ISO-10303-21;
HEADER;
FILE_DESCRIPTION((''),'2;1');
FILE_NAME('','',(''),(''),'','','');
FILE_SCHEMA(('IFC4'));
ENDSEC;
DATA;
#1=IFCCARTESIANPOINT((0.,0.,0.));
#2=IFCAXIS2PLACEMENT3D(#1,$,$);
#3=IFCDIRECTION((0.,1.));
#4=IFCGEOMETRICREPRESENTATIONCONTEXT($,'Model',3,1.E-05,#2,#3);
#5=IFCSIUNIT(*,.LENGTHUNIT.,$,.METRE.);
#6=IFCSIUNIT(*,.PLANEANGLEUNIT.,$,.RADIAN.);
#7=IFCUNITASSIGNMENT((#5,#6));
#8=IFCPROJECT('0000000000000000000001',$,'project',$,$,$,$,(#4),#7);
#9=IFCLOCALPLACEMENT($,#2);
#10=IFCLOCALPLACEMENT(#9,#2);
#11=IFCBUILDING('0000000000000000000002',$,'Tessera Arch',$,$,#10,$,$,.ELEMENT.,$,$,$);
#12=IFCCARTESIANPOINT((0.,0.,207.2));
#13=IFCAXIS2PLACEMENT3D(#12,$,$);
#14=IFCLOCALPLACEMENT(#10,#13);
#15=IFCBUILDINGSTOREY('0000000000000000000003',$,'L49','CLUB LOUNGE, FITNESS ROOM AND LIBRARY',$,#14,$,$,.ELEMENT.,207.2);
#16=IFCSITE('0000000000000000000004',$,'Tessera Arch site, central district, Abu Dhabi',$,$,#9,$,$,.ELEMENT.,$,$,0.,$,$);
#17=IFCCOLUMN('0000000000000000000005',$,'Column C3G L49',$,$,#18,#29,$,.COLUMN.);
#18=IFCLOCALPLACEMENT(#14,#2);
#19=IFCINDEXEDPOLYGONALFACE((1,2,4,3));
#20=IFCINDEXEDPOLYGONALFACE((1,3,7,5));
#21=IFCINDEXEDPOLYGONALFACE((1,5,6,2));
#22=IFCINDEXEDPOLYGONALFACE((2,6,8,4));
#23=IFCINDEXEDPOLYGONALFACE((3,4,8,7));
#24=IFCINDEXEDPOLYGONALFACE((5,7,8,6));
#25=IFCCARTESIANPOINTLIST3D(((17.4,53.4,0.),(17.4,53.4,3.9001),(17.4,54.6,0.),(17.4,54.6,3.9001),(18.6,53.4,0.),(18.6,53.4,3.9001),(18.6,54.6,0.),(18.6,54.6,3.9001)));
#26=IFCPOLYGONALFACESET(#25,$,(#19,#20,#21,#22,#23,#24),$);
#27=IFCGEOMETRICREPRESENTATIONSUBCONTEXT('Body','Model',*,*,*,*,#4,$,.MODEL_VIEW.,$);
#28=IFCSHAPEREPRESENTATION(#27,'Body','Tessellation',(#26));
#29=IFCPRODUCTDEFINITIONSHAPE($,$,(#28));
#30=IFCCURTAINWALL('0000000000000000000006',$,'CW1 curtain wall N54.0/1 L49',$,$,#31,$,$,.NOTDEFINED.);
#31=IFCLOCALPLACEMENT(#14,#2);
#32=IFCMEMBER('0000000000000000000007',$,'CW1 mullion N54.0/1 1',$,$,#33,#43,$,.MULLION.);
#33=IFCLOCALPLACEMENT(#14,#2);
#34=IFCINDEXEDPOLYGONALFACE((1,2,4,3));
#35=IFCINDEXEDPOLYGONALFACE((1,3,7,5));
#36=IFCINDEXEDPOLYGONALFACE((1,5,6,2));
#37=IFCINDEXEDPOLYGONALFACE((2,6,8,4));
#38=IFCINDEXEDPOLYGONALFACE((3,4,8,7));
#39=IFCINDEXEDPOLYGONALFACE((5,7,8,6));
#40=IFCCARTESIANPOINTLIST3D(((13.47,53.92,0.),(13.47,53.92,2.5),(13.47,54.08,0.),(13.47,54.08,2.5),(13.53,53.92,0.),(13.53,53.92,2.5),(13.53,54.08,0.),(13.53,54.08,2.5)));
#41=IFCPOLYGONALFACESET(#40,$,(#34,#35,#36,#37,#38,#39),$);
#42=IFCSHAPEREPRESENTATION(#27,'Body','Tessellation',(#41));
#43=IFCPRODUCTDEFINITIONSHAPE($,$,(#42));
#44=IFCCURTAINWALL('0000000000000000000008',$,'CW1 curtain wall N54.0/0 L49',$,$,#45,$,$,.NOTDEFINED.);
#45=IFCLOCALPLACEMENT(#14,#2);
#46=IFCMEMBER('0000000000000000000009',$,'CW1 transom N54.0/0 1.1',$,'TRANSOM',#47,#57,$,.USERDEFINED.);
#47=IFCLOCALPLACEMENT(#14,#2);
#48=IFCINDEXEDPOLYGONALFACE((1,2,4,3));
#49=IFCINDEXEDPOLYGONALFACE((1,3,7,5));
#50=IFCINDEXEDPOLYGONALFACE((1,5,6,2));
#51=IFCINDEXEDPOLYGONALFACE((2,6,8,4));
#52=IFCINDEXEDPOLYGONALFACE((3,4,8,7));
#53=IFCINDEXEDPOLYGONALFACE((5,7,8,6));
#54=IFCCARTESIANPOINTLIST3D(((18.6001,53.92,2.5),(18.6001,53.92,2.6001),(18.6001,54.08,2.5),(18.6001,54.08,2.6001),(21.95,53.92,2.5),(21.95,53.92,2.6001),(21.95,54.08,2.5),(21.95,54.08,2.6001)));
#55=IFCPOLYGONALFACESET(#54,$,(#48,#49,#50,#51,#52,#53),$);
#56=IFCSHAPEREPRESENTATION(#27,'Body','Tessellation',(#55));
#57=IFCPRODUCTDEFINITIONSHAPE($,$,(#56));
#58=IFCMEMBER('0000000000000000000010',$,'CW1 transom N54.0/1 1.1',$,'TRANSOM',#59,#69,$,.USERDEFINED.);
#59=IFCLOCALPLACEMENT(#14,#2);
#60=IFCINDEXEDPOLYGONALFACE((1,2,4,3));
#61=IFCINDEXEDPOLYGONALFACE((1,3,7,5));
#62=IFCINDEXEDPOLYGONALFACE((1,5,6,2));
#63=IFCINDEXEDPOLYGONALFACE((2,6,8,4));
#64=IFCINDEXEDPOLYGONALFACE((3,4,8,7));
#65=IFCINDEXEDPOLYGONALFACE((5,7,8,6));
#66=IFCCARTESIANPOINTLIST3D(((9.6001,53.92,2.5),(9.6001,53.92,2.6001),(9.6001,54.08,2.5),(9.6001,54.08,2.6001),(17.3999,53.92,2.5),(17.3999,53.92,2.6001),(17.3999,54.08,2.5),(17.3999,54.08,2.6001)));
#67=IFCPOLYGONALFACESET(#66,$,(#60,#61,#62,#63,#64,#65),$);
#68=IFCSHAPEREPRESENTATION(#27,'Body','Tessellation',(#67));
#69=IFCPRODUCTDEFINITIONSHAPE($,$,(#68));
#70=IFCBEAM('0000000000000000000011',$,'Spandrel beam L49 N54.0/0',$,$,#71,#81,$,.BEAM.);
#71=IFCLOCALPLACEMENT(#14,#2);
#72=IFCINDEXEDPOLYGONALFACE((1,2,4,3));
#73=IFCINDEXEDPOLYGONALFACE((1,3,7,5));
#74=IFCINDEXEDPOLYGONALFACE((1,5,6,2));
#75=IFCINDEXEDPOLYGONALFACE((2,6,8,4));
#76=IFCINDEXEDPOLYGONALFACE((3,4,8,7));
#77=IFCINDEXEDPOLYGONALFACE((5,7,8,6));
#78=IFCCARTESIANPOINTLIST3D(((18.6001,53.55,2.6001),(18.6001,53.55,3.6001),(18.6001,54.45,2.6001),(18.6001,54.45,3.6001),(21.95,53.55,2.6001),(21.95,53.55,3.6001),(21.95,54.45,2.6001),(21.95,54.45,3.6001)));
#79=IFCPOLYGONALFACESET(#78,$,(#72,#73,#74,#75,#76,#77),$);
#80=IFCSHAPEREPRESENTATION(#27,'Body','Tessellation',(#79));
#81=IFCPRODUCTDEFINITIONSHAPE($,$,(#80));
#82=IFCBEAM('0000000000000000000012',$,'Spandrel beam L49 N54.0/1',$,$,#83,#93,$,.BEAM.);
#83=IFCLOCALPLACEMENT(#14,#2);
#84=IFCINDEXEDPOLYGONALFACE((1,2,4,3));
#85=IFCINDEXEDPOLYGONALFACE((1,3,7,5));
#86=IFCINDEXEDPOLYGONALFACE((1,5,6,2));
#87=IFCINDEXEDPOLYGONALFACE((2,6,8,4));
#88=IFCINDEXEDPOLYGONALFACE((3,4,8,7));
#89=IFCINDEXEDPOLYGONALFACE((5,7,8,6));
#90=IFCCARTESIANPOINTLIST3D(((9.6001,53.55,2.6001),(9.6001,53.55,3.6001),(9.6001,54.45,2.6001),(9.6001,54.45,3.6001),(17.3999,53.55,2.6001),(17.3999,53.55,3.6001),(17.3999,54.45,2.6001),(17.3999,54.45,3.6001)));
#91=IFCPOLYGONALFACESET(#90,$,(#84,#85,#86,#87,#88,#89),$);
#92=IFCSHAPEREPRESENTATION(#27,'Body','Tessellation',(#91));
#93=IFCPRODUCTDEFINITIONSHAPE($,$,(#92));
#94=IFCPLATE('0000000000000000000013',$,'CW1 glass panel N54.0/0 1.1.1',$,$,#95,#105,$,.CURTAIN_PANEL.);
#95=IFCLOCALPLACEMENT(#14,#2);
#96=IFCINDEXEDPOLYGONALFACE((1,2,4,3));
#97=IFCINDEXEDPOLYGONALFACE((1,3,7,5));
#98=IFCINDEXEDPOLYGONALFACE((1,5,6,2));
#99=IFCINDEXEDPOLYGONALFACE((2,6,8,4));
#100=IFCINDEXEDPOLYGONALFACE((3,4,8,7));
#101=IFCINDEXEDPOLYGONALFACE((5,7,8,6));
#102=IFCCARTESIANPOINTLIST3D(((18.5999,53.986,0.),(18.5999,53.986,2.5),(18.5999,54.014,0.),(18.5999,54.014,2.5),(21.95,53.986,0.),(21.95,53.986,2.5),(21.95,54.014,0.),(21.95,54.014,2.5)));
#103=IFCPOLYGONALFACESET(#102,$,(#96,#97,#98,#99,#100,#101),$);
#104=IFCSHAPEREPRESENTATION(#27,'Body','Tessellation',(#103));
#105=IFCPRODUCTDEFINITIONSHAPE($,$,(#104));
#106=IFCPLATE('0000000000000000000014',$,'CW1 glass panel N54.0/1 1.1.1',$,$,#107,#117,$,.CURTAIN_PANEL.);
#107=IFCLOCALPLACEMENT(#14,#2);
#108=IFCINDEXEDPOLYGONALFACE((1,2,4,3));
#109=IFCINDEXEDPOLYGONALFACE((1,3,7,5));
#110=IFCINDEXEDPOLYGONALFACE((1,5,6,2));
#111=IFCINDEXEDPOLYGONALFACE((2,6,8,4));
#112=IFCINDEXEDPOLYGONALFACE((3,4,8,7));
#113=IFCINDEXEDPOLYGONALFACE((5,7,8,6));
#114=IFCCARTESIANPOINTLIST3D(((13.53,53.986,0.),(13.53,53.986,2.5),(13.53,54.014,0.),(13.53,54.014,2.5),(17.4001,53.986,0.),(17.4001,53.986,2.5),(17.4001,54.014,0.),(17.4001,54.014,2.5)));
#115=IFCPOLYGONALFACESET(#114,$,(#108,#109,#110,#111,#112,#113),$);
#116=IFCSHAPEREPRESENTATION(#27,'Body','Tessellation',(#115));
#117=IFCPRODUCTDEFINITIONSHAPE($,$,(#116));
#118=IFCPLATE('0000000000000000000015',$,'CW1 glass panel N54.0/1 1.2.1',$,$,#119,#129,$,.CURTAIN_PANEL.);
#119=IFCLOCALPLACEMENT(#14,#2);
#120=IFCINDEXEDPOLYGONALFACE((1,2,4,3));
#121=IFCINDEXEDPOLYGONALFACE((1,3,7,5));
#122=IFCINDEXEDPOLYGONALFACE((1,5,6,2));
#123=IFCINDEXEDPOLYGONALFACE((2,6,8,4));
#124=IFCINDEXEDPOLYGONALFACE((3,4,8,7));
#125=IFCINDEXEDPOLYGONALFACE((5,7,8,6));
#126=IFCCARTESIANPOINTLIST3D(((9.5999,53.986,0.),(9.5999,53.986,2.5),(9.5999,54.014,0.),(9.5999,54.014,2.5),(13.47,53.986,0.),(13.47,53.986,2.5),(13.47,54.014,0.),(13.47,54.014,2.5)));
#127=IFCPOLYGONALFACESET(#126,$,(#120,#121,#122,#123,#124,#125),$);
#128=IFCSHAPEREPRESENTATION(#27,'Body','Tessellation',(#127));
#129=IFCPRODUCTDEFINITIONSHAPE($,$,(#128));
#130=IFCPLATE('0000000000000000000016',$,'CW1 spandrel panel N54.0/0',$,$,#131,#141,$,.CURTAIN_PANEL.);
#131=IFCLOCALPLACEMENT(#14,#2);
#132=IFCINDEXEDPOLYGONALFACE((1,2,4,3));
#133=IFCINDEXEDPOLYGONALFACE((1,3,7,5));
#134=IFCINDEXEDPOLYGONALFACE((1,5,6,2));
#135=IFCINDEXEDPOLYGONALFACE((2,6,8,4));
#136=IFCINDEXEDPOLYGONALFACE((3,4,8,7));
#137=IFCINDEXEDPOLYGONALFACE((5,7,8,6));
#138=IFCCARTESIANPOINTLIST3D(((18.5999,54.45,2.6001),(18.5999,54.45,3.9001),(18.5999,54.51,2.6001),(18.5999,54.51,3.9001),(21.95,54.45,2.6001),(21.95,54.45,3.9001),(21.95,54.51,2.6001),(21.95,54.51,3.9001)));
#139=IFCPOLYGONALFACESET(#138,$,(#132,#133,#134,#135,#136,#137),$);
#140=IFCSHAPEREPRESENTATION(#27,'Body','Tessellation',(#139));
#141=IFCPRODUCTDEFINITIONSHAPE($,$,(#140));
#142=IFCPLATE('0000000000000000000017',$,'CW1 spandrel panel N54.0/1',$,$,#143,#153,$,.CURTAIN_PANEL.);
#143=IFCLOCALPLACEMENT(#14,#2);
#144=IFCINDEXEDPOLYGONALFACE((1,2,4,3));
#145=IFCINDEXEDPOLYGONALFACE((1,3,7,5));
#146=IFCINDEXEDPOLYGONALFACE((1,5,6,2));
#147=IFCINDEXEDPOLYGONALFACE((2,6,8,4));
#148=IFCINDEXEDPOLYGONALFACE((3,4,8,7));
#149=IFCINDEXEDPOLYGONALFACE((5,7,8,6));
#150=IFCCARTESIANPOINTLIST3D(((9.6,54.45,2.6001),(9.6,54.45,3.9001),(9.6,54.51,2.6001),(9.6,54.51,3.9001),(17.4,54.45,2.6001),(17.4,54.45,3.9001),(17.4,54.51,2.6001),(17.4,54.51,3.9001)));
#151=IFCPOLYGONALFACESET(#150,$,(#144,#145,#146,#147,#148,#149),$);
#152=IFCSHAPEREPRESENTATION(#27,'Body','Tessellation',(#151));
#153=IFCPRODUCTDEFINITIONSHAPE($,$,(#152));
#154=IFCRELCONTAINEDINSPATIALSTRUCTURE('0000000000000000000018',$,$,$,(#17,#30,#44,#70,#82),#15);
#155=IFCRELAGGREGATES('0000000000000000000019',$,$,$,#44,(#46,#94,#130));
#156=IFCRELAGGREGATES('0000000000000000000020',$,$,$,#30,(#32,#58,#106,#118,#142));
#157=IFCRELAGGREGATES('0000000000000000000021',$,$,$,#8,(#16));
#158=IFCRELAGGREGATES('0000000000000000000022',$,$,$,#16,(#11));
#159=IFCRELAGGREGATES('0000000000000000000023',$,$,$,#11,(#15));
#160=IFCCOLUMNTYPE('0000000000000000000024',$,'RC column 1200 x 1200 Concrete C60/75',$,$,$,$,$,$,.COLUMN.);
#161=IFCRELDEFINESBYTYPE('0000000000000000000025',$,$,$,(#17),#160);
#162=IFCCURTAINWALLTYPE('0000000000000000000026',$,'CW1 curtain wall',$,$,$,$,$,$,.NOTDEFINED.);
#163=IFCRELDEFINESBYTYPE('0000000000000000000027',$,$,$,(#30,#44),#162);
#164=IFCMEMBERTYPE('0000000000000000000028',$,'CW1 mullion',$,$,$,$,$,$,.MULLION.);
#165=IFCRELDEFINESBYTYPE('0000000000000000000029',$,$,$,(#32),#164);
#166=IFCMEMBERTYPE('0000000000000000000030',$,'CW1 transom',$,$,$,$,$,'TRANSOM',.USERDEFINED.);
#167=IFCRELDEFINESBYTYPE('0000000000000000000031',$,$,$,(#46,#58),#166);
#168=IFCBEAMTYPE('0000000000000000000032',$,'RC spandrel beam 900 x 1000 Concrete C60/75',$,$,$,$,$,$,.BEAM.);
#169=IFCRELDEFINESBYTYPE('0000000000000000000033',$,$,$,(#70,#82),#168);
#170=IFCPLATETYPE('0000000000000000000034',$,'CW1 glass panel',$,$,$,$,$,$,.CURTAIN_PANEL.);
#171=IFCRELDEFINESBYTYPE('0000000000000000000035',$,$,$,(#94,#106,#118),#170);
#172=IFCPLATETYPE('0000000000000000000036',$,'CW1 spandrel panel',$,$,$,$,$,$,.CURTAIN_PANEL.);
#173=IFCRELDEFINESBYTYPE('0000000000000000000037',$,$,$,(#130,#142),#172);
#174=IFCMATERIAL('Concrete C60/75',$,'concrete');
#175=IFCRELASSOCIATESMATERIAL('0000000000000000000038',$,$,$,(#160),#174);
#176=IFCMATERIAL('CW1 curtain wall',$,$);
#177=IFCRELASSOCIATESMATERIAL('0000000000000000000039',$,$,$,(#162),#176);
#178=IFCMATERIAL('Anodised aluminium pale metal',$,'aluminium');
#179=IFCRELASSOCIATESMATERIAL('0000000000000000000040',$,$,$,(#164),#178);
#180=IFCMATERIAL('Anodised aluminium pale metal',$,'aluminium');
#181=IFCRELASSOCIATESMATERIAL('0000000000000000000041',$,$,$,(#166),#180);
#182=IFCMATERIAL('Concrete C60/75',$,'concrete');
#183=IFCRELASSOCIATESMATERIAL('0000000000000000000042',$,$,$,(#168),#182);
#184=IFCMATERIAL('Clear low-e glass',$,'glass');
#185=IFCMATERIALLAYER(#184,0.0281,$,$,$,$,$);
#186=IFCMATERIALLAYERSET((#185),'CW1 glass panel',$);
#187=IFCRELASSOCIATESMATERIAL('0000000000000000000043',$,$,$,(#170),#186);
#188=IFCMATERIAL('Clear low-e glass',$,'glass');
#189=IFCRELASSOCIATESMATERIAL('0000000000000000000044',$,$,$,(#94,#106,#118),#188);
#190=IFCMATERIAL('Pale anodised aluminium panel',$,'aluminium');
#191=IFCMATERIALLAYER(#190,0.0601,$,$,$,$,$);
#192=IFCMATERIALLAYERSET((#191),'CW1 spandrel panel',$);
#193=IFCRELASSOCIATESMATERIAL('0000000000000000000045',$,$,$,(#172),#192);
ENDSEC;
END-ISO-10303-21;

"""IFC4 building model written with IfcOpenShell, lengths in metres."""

from ifc_helpers import new_model, si_unit, direction, frame, origin, origin_2d, place, context, subcontext, project, spatial, rectangle, extrude, material, layer, layer_set, material_profile, profile_set, type_object, element, aggregate, save


model = new_model("IFC4")

# Units and contexts
model_context = context("Model", 3, precision=1e-05, world=origin(), true_north=direction((0.0, 1.0)))
body_context = subcontext(model_context, "Body", "Model", "MODEL_VIEW")
ifc_project = project(units=[si_unit("LENGTHUNIT", "METRE"), si_unit("PLANEANGLEUNIT", "RADIAN")], contexts=[model_context])

# Site, building, storey
site_placement = place(None, origin())
site = spatial("IfcSite", under=ifc_project, at=site_placement, Name="Tessera Arch site, central district, Abu Dhabi", CompositionType="ELEMENT", RefElevation=0.0)
building_placement = place(site_placement, origin())
building = spatial("IfcBuilding", under=site, at=building_placement, Name="Tessera Arch", CompositionType="ELEMENT")
storey_placement = place(building_placement, frame((0.0, 0.0, 207.2)))
storey = spatial("IfcBuildingStorey", under=building, at=storey_placement, Name="L49", Description="CLUB LOUNGE, FITNESS ROOM AND LIBRARY", CompositionType="ELEMENT", Elevation=207.2)

# Column
ifc_material_1 = material(Name="Concrete C60/75", Category="concrete")
ifc_material_profile_1 = material_profile(ifc_material_1, rectangle(XDim=1.2, YDim=1.2, at=origin_2d()), Name="RC column 1200 x 1200 Concrete C60/75")
ifc_profile_set_1 = profile_set([ifc_material_profile_1], Name="Concrete C60/75")
column_type = type_object("IfcColumnType", Name="RC column 1200 x 1200 Concrete C60/75", PredefinedType="COLUMN", material=ifc_profile_set_1)
column_placement = place(storey_placement, frame((18.0, 54.0, 0.0), z_axis=(0.0, 0.0, 1.0), x_axis=(1.0, 0.0, 0.0)))
element("IfcColumn", 1, at=column_placement, inside=storey, type_object=column_type, Name="Column C3G L49", PredefinedType="COLUMN", context=body_context, shape_type="SweptSolid", body=[
    extrude(rectangle(XDim=1.2, YDim=1.2, at=origin_2d()), origin(), (0.0, 0.0, 1.0), 3.9001),
])

# Curtain walls, members
ifc_material_2 = material(Name="CW1 curtain wall")
curtain_wall_type = type_object("IfcCurtainWallType", Name="CW1 curtain wall", PredefinedType="NOTDEFINED", material=ifc_material_2)
curtain_wall_1_placement = place(storey_placement, origin())
curtain_wall_1 = element("IfcCurtainWall", 2, at=curtain_wall_1_placement, inside=storey, type_object=curtain_wall_type, Name="CW1 curtain wall N54.0/1 L49", PredefinedType="NOTDEFINED")
ifc_material_3 = material(Name="Anodised aluminium pale metal", Category="aluminium")
ifc_material_profile_2 = material_profile(ifc_material_3, rectangle(XDim=0.1599, YDim=0.0601, at=origin_2d()), Name="AL 60x160")
ifc_profile_set_2 = profile_set([ifc_material_profile_2], Name="Anodised aluminium pale metal")
member_type_1 = type_object("IfcMemberType", Name="CW1 mullion", PredefinedType="MULLION", material=ifc_profile_set_2)
member_1_placement = place(storey_placement, frame((13.5, 54.0, 0.0), z_axis=(0.0, 0.0, 1.0), x_axis=(0.0, -1.0, 0.0)))
member_1 = element("IfcMember", 3, at=member_1_placement, type_object=member_type_1, Name="CW1 mullion N54.0/1 1", PredefinedType="MULLION", context=body_context, shape_type="SweptSolid", body=[
    extrude(rectangle(XDim=0.1599, YDim=0.0601, at=origin_2d()), origin(), (0.0, 0.0, 1.0), 2.5),
])
curtain_wall_2_placement = place(storey_placement, origin())
curtain_wall_2 = element("IfcCurtainWall", 4, at=curtain_wall_2_placement, inside=storey, type_object=curtain_wall_type, Name="CW1 curtain wall N54.0/0 L49", PredefinedType="NOTDEFINED")
ifc_material_4 = material(Name="Anodised aluminium pale metal", Category="aluminium")
ifc_material_profile_3 = material_profile(ifc_material_4, rectangle(XDim=0.1599, YDim=0.1001, at=origin_2d()), Name="AL 160x100")
ifc_profile_set_3 = profile_set([ifc_material_profile_3], Name="Anodised aluminium pale metal")
member_type_2 = type_object("IfcMemberType", Name="CW1 transom", ElementType="TRANSOM", PredefinedType="USERDEFINED", material=ifc_profile_set_3)
member_2_placement = place(storey_placement, frame((21.95, 54.0, 2.55), z_axis=(-1.0, 0.0, 0.0), x_axis=(0.0, -1.0, 0.0)))
member_2 = element("IfcMember", 5, at=member_2_placement, type_object=member_type_2, Name="CW1 transom N54.0/0 1.1", ObjectType="TRANSOM", PredefinedType="USERDEFINED", context=body_context, shape_type="SweptSolid", body=[
    extrude(rectangle(XDim=0.1599, YDim=0.1001, at=origin_2d()), origin(), (0.0, 0.0, 1.0), 3.3499),
])

# Member
member_3_placement = place(storey_placement, frame((17.3999, 54.0, 2.55), z_axis=(-1.0, 0.0, 0.0), x_axis=(0.0, -1.0, 0.0)))
member_3 = element("IfcMember", 6, at=member_3_placement, type_object=member_type_2, Name="CW1 transom N54.0/1 1.1", ObjectType="TRANSOM", PredefinedType="USERDEFINED", context=body_context, shape_type="SweptSolid", body=[
    extrude(rectangle(XDim=0.1599, YDim=0.1001, at=origin_2d()), origin(), (0.0, 0.0, 1.0), 7.7998),
])

# Beams
ifc_material_5 = material(Name="Concrete C60/75", Category="concrete")
ifc_material_profile_4 = material_profile(ifc_material_5, rectangle(XDim=0.8999, YDim=1.0, at=origin_2d()), Name="RC spandrel beam 900 x 1000 Concrete C60/75")
ifc_profile_set_4 = profile_set([ifc_material_profile_4], Name="Concrete C60/75")
beam_type = type_object("IfcBeamType", Name="RC spandrel beam 900 x 1000 Concrete C60/75", PredefinedType="BEAM", material=ifc_profile_set_4)
beam_1_placement = place(storey_placement, frame((21.95, 54.0, 3.1001), z_axis=(-1.0, 0.0, 0.0), x_axis=(0.0, -1.0, 0.0)))
element("IfcBeam", 7, at=beam_1_placement, inside=storey, type_object=beam_type, Name="Spandrel beam L49 N54.0/0", PredefinedType="BEAM", context=body_context, shape_type="SweptSolid", body=[
    extrude(rectangle(XDim=0.8999, YDim=1.0, at=origin_2d()), origin(), (0.0, 0.0, 1.0), 3.3499),
])
beam_2_placement = place(storey_placement, frame((17.3999, 54.0, 3.1001), z_axis=(-1.0, 0.0, 0.0), x_axis=(0.0, -1.0, 0.0)))
element("IfcBeam", 8, at=beam_2_placement, inside=storey, type_object=beam_type, Name="Spandrel beam L49 N54.0/1", PredefinedType="BEAM", context=body_context, shape_type="SweptSolid", body=[
    extrude(rectangle(XDim=0.8999, YDim=1.0, at=origin_2d()), origin(), (0.0, 0.0, 1.0), 7.7998),
])

# Plates
ifc_material_6 = material(Name="Clear low-e glass", Category="glass")
ifc_material_7 = material(Name="Clear low-e glass", Category="glass")
ifc_layer_1 = layer(ifc_material_7, 0.0281)
ifc_layer_set_1 = layer_set([ifc_layer_1], Name="CW1 glass panel")
plate_type_1 = type_object("IfcPlateType", Name="CW1 glass panel", PredefinedType="CURTAIN_PANEL", material=ifc_layer_set_1)
plate_1_placement = place(storey_placement, frame((20.2749, 54.0, 0.0), z_axis=(0.0, 0.0, 1.0), x_axis=(-1.0, 0.0, 0.0)))
plate_1 = element("IfcPlate", 9, at=plate_1_placement, type_object=plate_type_1, material=ifc_material_6, Name="CW1 glass panel N54.0/0 1.1.1", PredefinedType="CURTAIN_PANEL", context=body_context, shape_type="SweptSolid", body=[
    extrude(rectangle(XDim=3.3501, YDim=0.0281, at=origin_2d()), origin(), (0.0, 0.0, 1.0), 2.5),
])
plate_2_placement = place(storey_placement, frame((15.4651, 54.0, 0.0), z_axis=(0.0, 0.0, 1.0), x_axis=(-1.0, 0.0, 0.0)))
plate_2 = element("IfcPlate", 10, at=plate_2_placement, type_object=plate_type_1, material=ifc_material_6, Name="CW1 glass panel N54.0/1 1.1.1", PredefinedType="CURTAIN_PANEL", context=body_context, shape_type="SweptSolid", body=[
    extrude(rectangle(XDim=3.8701, YDim=0.0281, at=origin_2d()), origin(), (0.0, 0.0, 1.0), 2.5),
])
plate_3_placement = place(storey_placement, frame((11.5349, 54.0, 0.0), z_axis=(0.0, 0.0, 1.0), x_axis=(-1.0, 0.0, 0.0)))
plate_3 = element("IfcPlate", 11, at=plate_3_placement, type_object=plate_type_1, material=ifc_material_6, Name="CW1 glass panel N54.0/1 1.2.1", PredefinedType="CURTAIN_PANEL", context=body_context, shape_type="SweptSolid", body=[
    extrude(rectangle(XDim=3.8701, YDim=0.0281, at=origin_2d()), origin(), (0.0, 0.0, 1.0), 2.5),
])
ifc_material_8 = material(Name="Pale anodised aluminium panel", Category="aluminium")
ifc_layer_2 = layer(ifc_material_8, 0.0601)
ifc_layer_set_2 = layer_set([ifc_layer_2], Name="CW1 spandrel panel")
plate_type_2 = type_object("IfcPlateType", Name="CW1 spandrel panel", PredefinedType="CURTAIN_PANEL", material=ifc_layer_set_2)
plate_4_placement = place(storey_placement, frame((20.2749, 54.48, 2.6001), z_axis=(0.0, 0.0, 1.0), x_axis=(-1.0, 0.0, 0.0)))
plate_4 = element("IfcPlate", 12, at=plate_4_placement, type_object=plate_type_2, Name="CW1 spandrel panel N54.0/0", PredefinedType="CURTAIN_PANEL", context=body_context, shape_type="SweptSolid", body=[
    extrude(rectangle(XDim=3.3501, YDim=0.0601, at=origin_2d()), origin(), (0.0, 0.0, 1.0), 1.3),
])
aggregate(curtain_wall_2, [member_2, plate_1, plate_4])
plate_5_placement = place(storey_placement, frame((13.5, 54.48, 2.6001), z_axis=(0.0, 0.0, 1.0), x_axis=(-1.0, 0.0, 0.0)))
plate_5 = element("IfcPlate", 13, at=plate_5_placement, type_object=plate_type_2, Name="CW1 spandrel panel N54.0/1", PredefinedType="CURTAIN_PANEL", context=body_context, shape_type="SweptSolid", body=[
    extrude(rectangle(XDim=7.8, YDim=0.0601, at=origin_2d()), origin(), (0.0, 0.0, 1.0), 1.3),
])
aggregate(curtain_wall_1, [member_1, member_3, plate_2, plate_3, plate_5])

save(model, "model.ifc")
